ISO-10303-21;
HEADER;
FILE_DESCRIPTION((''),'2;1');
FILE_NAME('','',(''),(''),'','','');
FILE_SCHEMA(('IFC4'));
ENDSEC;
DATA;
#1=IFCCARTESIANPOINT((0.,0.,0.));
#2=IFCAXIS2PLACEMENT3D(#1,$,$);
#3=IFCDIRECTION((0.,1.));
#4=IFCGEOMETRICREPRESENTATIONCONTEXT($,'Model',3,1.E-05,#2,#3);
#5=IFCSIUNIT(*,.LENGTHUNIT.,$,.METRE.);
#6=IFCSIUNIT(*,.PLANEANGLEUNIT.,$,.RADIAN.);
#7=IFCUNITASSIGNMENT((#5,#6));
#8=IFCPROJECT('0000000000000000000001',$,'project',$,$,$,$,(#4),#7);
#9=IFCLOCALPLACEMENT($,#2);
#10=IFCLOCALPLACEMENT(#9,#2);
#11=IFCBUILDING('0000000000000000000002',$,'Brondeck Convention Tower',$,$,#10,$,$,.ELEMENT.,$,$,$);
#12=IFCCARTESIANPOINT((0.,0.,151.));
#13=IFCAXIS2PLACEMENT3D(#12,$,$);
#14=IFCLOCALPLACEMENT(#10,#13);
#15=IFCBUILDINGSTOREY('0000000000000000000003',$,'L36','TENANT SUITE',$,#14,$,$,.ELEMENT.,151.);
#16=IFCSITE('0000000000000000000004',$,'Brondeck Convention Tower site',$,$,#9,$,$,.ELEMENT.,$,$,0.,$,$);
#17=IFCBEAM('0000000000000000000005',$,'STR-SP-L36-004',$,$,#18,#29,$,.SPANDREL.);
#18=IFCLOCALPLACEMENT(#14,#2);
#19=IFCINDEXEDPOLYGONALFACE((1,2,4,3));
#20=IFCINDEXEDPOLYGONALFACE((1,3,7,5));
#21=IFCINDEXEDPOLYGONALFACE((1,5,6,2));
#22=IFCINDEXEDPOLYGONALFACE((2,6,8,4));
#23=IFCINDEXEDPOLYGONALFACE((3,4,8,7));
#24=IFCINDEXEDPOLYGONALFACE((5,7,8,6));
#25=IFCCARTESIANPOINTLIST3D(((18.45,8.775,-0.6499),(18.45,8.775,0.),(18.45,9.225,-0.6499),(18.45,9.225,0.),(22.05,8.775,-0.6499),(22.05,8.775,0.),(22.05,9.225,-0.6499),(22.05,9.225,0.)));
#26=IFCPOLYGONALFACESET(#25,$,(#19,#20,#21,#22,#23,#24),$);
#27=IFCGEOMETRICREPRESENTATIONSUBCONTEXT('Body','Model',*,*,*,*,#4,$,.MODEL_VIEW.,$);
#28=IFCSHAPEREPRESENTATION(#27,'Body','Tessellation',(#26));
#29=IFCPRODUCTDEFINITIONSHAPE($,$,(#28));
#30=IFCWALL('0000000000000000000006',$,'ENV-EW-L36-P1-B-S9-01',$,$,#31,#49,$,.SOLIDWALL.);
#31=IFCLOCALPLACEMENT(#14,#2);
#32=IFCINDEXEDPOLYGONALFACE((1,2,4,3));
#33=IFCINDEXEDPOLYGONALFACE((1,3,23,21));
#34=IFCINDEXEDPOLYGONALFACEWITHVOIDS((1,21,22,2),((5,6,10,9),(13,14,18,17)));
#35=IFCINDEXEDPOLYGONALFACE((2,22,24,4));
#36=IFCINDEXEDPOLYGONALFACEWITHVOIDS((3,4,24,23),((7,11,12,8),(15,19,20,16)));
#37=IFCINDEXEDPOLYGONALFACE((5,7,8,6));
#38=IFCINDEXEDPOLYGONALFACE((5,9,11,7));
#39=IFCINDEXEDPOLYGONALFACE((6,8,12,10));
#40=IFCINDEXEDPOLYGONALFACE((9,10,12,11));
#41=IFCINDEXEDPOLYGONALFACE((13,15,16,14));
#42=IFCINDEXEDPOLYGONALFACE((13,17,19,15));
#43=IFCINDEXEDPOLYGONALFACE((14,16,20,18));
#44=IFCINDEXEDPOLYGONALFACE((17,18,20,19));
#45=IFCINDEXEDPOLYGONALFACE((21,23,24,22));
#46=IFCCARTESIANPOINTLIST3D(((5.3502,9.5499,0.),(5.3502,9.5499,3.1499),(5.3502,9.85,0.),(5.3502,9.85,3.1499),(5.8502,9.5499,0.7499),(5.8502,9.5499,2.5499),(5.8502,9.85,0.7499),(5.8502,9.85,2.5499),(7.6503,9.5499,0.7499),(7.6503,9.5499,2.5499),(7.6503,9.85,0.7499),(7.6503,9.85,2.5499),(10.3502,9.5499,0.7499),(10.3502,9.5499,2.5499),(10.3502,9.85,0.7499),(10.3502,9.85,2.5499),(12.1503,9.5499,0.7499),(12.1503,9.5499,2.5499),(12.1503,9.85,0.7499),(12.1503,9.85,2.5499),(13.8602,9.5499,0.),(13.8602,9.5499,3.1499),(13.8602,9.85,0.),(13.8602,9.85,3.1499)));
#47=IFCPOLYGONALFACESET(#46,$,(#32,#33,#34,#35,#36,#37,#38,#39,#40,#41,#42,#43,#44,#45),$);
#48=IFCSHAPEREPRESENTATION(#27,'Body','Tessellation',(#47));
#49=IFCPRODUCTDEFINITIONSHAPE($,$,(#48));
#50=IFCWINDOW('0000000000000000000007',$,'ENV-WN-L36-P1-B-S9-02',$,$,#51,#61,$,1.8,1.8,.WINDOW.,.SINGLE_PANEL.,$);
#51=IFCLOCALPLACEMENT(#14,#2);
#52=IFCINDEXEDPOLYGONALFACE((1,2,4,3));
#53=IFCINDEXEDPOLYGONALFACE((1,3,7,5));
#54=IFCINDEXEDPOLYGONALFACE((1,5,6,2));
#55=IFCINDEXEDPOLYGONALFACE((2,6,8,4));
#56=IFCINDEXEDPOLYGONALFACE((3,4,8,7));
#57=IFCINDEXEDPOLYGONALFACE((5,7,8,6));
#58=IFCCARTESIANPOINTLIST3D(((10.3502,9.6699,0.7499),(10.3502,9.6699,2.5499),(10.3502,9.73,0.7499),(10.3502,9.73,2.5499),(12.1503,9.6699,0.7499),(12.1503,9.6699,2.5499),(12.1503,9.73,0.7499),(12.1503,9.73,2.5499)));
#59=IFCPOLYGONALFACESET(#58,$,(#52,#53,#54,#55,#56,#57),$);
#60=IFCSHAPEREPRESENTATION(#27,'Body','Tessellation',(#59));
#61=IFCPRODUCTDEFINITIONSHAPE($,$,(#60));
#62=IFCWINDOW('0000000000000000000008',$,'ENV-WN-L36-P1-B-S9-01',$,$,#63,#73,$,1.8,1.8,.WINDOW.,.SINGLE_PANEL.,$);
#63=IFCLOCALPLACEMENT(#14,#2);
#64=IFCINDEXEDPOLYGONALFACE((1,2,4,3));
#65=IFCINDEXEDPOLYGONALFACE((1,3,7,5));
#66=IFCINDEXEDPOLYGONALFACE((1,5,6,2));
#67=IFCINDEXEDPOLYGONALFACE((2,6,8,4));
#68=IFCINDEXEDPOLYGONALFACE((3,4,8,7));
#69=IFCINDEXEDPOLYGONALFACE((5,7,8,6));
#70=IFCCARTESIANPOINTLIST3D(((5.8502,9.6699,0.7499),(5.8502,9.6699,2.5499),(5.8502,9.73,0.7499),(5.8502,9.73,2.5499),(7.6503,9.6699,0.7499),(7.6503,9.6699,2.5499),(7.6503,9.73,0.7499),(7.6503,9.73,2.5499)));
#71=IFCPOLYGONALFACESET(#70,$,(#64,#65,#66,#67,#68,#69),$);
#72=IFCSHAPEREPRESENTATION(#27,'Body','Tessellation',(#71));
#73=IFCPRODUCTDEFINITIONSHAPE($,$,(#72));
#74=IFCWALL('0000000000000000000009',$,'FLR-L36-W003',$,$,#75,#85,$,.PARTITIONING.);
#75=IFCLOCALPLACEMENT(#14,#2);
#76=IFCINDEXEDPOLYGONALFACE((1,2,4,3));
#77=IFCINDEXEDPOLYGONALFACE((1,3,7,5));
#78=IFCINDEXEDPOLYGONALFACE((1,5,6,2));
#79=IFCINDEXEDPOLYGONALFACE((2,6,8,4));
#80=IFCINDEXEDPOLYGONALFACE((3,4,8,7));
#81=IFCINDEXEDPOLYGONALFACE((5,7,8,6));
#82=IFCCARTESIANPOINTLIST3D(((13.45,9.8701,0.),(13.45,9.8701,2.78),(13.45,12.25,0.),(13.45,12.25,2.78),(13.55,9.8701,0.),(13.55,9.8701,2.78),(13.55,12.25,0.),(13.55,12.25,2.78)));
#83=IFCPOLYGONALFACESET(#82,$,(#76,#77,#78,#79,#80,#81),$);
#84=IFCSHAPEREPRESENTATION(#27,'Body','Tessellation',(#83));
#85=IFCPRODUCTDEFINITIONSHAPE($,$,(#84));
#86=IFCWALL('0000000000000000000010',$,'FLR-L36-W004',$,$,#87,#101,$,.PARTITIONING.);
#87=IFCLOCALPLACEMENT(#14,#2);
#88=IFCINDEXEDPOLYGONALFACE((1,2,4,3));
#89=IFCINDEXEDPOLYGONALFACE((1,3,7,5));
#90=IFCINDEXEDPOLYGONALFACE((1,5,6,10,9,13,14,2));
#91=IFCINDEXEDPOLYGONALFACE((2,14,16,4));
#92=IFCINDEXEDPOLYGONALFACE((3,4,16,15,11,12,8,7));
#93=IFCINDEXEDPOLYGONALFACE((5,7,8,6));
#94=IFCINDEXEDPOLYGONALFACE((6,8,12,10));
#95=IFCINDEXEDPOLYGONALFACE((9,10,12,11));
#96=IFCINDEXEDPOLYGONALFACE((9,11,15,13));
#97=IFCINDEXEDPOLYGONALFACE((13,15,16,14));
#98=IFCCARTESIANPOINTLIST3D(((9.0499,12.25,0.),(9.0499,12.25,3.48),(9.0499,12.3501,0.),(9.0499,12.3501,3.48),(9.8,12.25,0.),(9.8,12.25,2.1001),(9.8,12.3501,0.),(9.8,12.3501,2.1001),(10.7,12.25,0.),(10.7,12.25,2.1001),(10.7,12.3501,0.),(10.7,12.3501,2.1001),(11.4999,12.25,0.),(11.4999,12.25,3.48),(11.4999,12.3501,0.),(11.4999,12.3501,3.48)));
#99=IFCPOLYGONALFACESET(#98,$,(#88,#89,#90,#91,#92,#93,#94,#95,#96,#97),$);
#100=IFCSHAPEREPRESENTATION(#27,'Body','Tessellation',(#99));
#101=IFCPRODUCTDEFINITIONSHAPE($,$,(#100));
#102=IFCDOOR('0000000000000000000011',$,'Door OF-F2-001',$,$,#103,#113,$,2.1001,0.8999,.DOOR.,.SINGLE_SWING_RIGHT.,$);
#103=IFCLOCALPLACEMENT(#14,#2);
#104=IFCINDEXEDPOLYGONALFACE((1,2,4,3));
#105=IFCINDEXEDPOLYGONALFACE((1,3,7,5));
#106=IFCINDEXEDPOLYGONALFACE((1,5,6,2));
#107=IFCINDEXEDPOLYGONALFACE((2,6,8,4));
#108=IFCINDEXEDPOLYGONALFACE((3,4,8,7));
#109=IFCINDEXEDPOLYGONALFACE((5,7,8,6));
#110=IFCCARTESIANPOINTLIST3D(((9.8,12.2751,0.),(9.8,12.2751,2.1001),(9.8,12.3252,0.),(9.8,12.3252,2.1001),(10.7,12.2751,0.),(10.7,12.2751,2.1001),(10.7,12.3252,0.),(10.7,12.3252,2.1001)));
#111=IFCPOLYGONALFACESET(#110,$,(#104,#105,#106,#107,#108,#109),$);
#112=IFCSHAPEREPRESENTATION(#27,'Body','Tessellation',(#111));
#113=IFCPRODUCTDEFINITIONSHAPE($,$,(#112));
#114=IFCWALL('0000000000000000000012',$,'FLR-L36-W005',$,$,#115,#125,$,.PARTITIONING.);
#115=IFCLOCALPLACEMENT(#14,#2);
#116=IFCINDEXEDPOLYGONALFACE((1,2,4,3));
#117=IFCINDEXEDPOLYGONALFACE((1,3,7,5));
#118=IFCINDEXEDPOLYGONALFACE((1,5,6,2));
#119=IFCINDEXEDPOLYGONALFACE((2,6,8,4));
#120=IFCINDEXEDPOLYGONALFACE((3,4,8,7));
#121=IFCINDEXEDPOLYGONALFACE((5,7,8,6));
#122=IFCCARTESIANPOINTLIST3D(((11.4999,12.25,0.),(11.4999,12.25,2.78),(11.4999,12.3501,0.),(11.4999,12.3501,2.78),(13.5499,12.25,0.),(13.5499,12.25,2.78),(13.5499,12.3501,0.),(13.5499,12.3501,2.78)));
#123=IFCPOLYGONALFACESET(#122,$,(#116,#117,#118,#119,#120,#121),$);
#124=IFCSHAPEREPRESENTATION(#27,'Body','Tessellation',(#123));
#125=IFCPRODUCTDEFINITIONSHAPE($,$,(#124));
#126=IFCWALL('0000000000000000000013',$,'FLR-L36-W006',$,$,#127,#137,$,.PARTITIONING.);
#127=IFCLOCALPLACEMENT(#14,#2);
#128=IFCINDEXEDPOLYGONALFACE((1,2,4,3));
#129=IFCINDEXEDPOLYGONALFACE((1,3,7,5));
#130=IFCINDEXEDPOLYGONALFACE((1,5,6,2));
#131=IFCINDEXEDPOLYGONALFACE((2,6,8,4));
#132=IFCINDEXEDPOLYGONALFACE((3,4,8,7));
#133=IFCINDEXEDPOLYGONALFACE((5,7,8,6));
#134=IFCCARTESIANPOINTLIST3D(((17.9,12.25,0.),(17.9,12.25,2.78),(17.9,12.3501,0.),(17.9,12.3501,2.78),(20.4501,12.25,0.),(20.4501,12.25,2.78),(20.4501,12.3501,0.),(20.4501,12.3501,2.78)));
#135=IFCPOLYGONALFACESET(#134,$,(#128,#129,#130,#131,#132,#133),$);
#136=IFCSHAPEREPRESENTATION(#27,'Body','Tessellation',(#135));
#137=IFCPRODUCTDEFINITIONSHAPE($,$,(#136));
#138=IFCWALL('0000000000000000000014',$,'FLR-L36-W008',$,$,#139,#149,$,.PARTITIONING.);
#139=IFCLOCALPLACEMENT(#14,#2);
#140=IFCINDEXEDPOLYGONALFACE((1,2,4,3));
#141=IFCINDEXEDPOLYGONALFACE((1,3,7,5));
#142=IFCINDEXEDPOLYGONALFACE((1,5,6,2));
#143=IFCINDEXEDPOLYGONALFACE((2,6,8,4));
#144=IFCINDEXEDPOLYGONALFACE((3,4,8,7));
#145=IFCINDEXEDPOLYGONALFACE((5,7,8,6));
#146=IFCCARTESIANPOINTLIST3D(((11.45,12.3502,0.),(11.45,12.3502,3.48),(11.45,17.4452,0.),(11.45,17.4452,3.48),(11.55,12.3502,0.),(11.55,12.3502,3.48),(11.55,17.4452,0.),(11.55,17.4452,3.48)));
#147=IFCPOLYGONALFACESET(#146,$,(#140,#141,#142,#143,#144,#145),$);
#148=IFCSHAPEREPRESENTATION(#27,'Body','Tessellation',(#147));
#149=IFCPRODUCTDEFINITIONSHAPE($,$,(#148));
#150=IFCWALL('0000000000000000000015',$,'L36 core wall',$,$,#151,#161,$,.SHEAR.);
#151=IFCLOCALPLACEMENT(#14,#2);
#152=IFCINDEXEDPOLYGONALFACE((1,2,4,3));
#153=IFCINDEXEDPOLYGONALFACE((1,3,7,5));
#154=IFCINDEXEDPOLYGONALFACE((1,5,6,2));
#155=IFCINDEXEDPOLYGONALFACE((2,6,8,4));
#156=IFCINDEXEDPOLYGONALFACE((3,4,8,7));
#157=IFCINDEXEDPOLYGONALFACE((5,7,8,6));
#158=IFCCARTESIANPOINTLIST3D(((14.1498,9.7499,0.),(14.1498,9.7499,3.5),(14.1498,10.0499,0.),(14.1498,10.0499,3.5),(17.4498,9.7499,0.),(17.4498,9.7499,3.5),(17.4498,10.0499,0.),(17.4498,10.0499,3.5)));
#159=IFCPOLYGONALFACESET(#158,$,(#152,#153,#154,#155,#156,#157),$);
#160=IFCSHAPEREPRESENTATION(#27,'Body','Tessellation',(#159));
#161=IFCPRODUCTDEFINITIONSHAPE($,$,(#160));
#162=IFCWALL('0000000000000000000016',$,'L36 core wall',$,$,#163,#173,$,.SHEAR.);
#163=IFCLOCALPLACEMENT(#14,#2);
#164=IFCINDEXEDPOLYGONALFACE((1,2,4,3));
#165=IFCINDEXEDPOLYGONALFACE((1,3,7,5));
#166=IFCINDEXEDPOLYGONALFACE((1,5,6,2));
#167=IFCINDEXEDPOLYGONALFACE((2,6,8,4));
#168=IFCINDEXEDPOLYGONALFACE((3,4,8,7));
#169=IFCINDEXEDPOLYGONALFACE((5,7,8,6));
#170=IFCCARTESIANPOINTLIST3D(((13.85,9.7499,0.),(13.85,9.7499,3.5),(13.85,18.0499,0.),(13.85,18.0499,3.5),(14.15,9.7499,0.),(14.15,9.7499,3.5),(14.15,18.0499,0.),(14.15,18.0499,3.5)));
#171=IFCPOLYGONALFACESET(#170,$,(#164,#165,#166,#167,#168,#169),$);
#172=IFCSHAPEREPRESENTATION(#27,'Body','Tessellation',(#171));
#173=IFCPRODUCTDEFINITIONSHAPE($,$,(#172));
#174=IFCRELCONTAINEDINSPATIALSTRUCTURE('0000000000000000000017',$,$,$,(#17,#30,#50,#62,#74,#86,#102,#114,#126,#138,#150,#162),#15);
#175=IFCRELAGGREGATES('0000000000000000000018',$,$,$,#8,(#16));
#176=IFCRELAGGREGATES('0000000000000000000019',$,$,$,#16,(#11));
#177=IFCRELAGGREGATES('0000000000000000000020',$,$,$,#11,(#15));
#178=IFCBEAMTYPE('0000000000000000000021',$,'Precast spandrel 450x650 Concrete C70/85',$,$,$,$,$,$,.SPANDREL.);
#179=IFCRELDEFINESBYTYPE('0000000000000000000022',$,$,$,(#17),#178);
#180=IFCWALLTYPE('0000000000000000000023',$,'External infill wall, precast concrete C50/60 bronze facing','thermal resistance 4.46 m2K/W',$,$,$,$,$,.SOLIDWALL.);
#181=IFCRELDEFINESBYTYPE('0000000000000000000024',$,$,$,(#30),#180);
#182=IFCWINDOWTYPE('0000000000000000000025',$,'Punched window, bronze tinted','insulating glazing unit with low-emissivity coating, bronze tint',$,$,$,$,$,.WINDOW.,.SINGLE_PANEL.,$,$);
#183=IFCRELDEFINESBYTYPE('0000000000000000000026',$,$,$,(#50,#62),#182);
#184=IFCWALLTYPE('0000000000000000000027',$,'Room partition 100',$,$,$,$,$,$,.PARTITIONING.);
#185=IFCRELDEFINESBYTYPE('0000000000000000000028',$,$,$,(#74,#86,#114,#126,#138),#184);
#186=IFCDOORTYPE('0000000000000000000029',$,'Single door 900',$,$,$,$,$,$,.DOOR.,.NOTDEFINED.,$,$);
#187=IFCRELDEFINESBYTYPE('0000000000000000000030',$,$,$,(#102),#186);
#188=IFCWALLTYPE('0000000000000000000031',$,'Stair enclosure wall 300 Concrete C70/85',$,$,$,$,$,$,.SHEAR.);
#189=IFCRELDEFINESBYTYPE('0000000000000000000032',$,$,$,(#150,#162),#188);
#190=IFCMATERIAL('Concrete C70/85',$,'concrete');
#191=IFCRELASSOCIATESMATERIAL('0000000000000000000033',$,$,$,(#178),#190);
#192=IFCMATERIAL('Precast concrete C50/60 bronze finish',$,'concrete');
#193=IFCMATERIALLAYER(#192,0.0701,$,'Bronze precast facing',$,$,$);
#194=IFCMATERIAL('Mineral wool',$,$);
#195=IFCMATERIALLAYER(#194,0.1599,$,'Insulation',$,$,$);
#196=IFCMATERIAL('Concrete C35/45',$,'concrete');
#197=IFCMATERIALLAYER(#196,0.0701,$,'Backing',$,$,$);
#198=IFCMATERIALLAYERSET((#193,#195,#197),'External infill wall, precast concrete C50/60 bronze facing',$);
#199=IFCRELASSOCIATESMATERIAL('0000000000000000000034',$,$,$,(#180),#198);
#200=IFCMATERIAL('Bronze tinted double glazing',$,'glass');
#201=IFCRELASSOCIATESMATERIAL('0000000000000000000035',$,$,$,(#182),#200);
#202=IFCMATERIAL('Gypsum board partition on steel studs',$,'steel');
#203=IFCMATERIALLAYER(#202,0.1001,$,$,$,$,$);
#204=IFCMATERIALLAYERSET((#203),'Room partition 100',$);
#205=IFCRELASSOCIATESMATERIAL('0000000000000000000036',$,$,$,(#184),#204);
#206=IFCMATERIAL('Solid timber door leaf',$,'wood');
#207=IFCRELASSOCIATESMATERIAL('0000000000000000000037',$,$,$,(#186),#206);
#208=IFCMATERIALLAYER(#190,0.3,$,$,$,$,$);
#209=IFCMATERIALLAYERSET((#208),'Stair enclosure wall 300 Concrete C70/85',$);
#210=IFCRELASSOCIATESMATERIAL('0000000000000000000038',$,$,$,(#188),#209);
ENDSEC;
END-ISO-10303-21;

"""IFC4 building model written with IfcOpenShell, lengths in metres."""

from ifc_helpers import new_model, si_unit, direction, frame, frame_2d, origin, origin_2d, place, context, subcontext, project, spatial, rectangle, extrude, material, layer, layer_set, material_profile, profile_set, type_object, element, fill, save


model = new_model("IFC4")

# Units and contexts
model_context = context("Model", 3, precision=1e-05, world=origin(), true_north=direction((0.0, 1.0)))
body_context = subcontext(model_context, "Body", "Model", "MODEL_VIEW")
ifc_project = project(units=[si_unit("LENGTHUNIT", "METRE"), si_unit("PLANEANGLEUNIT", "RADIAN")], contexts=[model_context])

# Site, building, storey
site_placement = place(None, origin())
site = spatial("IfcSite", under=ifc_project, at=site_placement, Name="Brondeck Convention Tower site", CompositionType="ELEMENT", RefElevation=0.0)
building_placement = place(site_placement, origin())
building = spatial("IfcBuilding", under=site, at=building_placement, Name="Brondeck Convention Tower", CompositionType="ELEMENT")
storey_placement = place(building_placement, frame((0.0, 0.0, 151.0)))
storey = spatial("IfcBuildingStorey", under=building, at=storey_placement, Name="L36", Description="TENANT SUITE", CompositionType="ELEMENT", Elevation=151.0)

# Shared definitions
ifc_material_1 = material(Name="Concrete C70/85", Category="concrete")

# Beam
ifc_material_profile_1 = material_profile(ifc_material_1, rectangle(XDim=0.45, YDim=0.6499, at=origin_2d()), Name="Precast spandrel 450x650 Concrete C70/85")
ifc_profile_set_1 = profile_set([ifc_material_profile_1], Name="Concrete C70/85")
beam_type_1 = type_object("IfcBeamType", Name="Precast spandrel 450x650 Concrete C70/85", PredefinedType="SPANDREL", material=ifc_profile_set_1)
for number, where, z_axis, x_axis, name in (
    (1, (18.45, 9.0, -0.325), (1.0, 0.0, 0.0), (0.0, 1.0, 0.0), "STR-SP-L36-004"),
):
    element("IfcBeam", number, at=place(storey_placement, frame(where, z_axis=z_axis, x_axis=x_axis)), inside=storey, type_object=beam_type_1, Name=name, PredefinedType="SPANDREL", context=body_context, shape_type="SweptSolid", body=[
        extrude(rectangle(XDim=0.45, YDim=0.6499, at=origin_2d()), origin(), (0.0, 0.0, 1.0), 3.6001),
    ])

# Wall, openings, windows
ifc_material_2 = material(Name="Precast concrete C50/60 bronze finish", Category="concrete")
ifc_layer_1 = layer(ifc_material_2, 0.0701, Name="Bronze precast facing")
ifc_material_3 = material(Name="Mineral wool")
ifc_layer_2 = layer(ifc_material_3, 0.1599, Name="Insulation")
ifc_material_4 = material(Name="Concrete C35/45", Category="concrete")
ifc_layer_3 = layer(ifc_material_4, 0.0701, Name="Backing")
ifc_layer_set_1 = layer_set([ifc_layer_1, ifc_layer_2, ifc_layer_3], Name="External infill wall, precast concrete C50/60 bronze facing")
wall_type_1 = type_object("IfcWallType", Name="External infill wall, precast concrete C50/60 bronze facing", Description="thermal resistance 4.46 m2K/W", PredefinedType="SOLIDWALL", material=ifc_layer_set_1)
wall_1_placement = place(storey_placement, frame((13.8601, 9.7, 0.0), z_axis=(0.0, 0.0, 1.0), x_axis=(-1.0, 0.0, 0.0)))
wall_1 = element("IfcWall", 2, at=wall_1_placement, inside=storey, type_object=wall_type_1, Name="ENV-EW-L36-P1-B-S9-01", PredefinedType="SOLIDWALL", context=body_context, shape_type="SweptSolid", body=[
    extrude(rectangle(XDim=8.51, YDim=0.3, at=frame_2d((4.2549, 0.0))), origin(), (0.0, 0.0, 1.0), 3.1499),
])
opening_1_placement = place(wall_1_placement, frame((1.71, 0.0, 0.75)))
opening_1 = element("IfcOpeningElement", 3, at=opening_1_placement, cuts=wall_1, PredefinedType="OPENING", context=body_context, shape_type="SweptSolid", body=[
    extrude(rectangle(XDim=1.8, YDim=1.8, at=frame_2d((0.8999, 0.8999))), frame((0.0, 0.1599, 0.0), z_axis=(0.0, -1.0, 0.0), x_axis=(1.0, 0.0, 0.0)), (0.0, 0.0, 1.0), 0.3201),
])
opening_2_placement = place(wall_1_placement, frame((6.21, 0.0, 0.75)))
opening_2 = element("IfcOpeningElement", 4, at=opening_2_placement, cuts=wall_1, PredefinedType="OPENING", context=body_context, shape_type="SweptSolid", body=[
    extrude(rectangle(XDim=1.8, YDim=1.8, at=frame_2d((0.8999, 0.8999))), frame((0.0, 0.1599, 0.0), z_axis=(0.0, -1.0, 0.0), x_axis=(1.0, 0.0, 0.0)), (0.0, 0.0, 1.0), 0.3201),
])
ifc_material_5 = material(Name="Bronze tinted double glazing", Category="glass")
window_type = type_object("IfcWindowType", Name="Punched window, bronze tinted", Description="insulating glazing unit with low-emissivity coating, bronze tint", PartitioningType="SINGLE_PANEL", PredefinedType="WINDOW", material=ifc_material_5)
window_1_placement = place(opening_1_placement, origin())
window_1 = element("IfcWindow", 5, at=window_1_placement, inside=storey, type_object=window_type, Name="ENV-WN-L36-P1-B-S9-02", OverallHeight=1.8, OverallWidth=1.8, PartitioningType="SINGLE_PANEL", PredefinedType="WINDOW", context=body_context, shape_type="SweptSolid", body=[
    extrude(rectangle(XDim=1.8, YDim=1.8, at=frame_2d((0.8999, 0.8999))), frame((0.0, 0.03, 0.0), z_axis=(0.0, -1.0, 0.0), x_axis=(1.0, 0.0, 0.0)), (0.0, 0.0, 1.0), 0.0601),
])
fill(opening_1, window_1)
window_2_placement = place(opening_2_placement, origin())
window_2 = element("IfcWindow", 6, at=window_2_placement, inside=storey, type_object=window_type, Name="ENV-WN-L36-P1-B-S9-01", OverallHeight=1.8, OverallWidth=1.8, PartitioningType="SINGLE_PANEL", PredefinedType="WINDOW", context=body_context, shape_type="SweptSolid", body=[
    extrude(rectangle(XDim=1.8, YDim=1.8, at=frame_2d((0.8999, 0.8999))), frame((0.0, 0.03, 0.0), z_axis=(0.0, -1.0, 0.0), x_axis=(1.0, 0.0, 0.0)), (0.0, 0.0, 1.0), 0.0601),
])
fill(opening_2, window_2)

# Wall
ifc_material_6 = material(Name="Gypsum board partition on steel studs", Category="steel")
ifc_layer_4 = layer(ifc_material_6, 0.1001)
ifc_layer_set_2 = layer_set([ifc_layer_4], Name="Room partition 100")
wall_type_2 = type_object("IfcWallType", Name="Room partition 100", PredefinedType="PARTITIONING", material=ifc_layer_set_2)
wall_2_placement = place(storey_placement, frame((13.5, 12.25, 0.0), z_axis=(0.0, 0.0, 1.0), x_axis=(0.0, -1.0, 0.0)))
element("IfcWall", 7, at=wall_2_placement, inside=storey, type_object=wall_type_2, Name="FLR-L36-W003", PredefinedType="PARTITIONING", context=body_context, shape_type="SweptSolid", body=[
    extrude(rectangle(XDim=2.3799, YDim=0.1001, at=frame_2d((1.1899, 0.0))), origin(), (0.0, 0.0, 1.0), 2.78),
])

# Wall, opening, door
wall_3_placement = place(storey_placement, frame((11.5, 12.3, 0.0), z_axis=(0.0, 0.0, 1.0), x_axis=(-1.0, 0.0, 0.0)))
wall_3 = element("IfcWall", 8, at=wall_3_placement, inside=storey, type_object=wall_type_2, Name="FLR-L36-W004", PredefinedType="PARTITIONING", context=body_context, shape_type="SweptSolid", body=[
    extrude(rectangle(XDim=2.45, YDim=0.1001, at=frame_2d((1.2251, 0.0))), origin(), (0.0, 0.0, 1.0), 3.48),
])
opening_3_placement = place(wall_3_placement, frame((0.8, 0.0, 0.0)))
opening_3 = element("IfcOpeningElement", 9, at=opening_3_placement, cuts=wall_3, PredefinedType="OPENING", context=body_context, shape_type="SweptSolid", body=[
    extrude(rectangle(XDim=0.8999, YDim=2.1001, at=frame_2d((0.45, 1.05))), frame((0.0, 0.0601, 0.0), z_axis=(0.0, -1.0, 0.0), x_axis=(1.0, 0.0, 0.0)), (0.0, 0.0, 1.0), 0.1201),
])
ifc_material_7 = material(Name="Solid timber door leaf", Category="wood")
door_type_1 = type_object("IfcDoorType", Name="Single door 900", OperationType="NOTDEFINED", PredefinedType="DOOR", material=ifc_material_7)
door_1_placement = place(opening_3_placement, origin())
door_1 = element("IfcDoor", 10, at=door_1_placement, inside=storey, type_object=door_type_1, Name="Door OF-F2-001", OperationType="SINGLE_SWING_RIGHT", OverallHeight=2.1001, OverallWidth=0.8999, PredefinedType="DOOR", context=body_context, shape_type="SweptSolid", body=[
    extrude(rectangle(XDim=0.8999, YDim=2.1001, at=frame_2d((0.45, 1.05))), frame((0.0, 0.0249, 0.0), z_axis=(0.0, -1.0, 0.0), x_axis=(1.0, 0.0, 0.0)), (0.0, 0.0, 1.0), 0.05),
])
fill(opening_3, door_1)

# Walls
wall_4_placement = place(storey_placement, frame((11.5, 12.3, 0.0), z_axis=(0.0, 0.0, 1.0), x_axis=(1.0, 0.0, 0.0)))
element("IfcWall", 11, at=wall_4_placement, inside=storey, type_object=wall_type_2, Name="FLR-L36-W005", PredefinedType="PARTITIONING", context=body_context, shape_type="SweptSolid", body=[
    extrude(rectangle(XDim=2.05, YDim=0.1001, at=frame_2d((1.0249, 0.0))), origin(), (0.0, 0.0, 1.0), 2.78),
])
wall_5_placement = place(storey_placement, frame((20.45, 12.3, 0.0), z_axis=(0.0, 0.0, 1.0), x_axis=(-1.0, 0.0, 0.0)))
element("IfcWall", 12, at=wall_5_placement, inside=storey, type_object=wall_type_2, Name="FLR-L36-W006", PredefinedType="PARTITIONING", context=body_context, shape_type="SweptSolid", body=[
    extrude(rectangle(XDim=2.55, YDim=0.1001, at=frame_2d((1.2749, 0.0))), origin(), (0.0, 0.0, 1.0), 2.78),
])
wall_6_placement = place(storey_placement, frame((11.5, 17.4451, 0.0), z_axis=(0.0, 0.0, 1.0), x_axis=(0.0, -1.0, 0.0)))
element("IfcWall", 13, at=wall_6_placement, inside=storey, type_object=wall_type_2, Name="FLR-L36-W008", PredefinedType="PARTITIONING", context=body_context, shape_type="SweptSolid", body=[
    extrude(rectangle(XDim=5.095, YDim=0.1001, at=frame_2d((2.5474, 0.0))), origin(), (0.0, 0.0, 1.0), 3.48),
])
ifc_layer_5 = layer(ifc_material_1, 0.3)
ifc_layer_set_3 = layer_set([ifc_layer_5], Name="Stair enclosure wall 300 Concrete C70/85")
wall_type_3 = type_object("IfcWallType", Name="Stair enclosure wall 300 Concrete C70/85", PredefinedType="SHEAR", material=ifc_layer_set_3)
wall_7_placement = place(storey_placement, frame((14.1499, 9.8999, 0.0), z_axis=(0.0, 0.0, 1.0), x_axis=(1.0, 0.0, 0.0)))
element("IfcWall", 14, at=wall_7_placement, inside=storey, type_object=wall_type_3, Name="L36 core wall", PredefinedType="SHEAR", context=body_context, shape_type="SweptSolid", body=[
    extrude(rectangle(XDim=3.3, YDim=0.3, at=frame_2d((1.6499, 0.0))), origin(), (0.0, 0.0, 1.0), 3.5),
])
wall_8_placement = place(storey_placement, frame((14.0, 9.75, 0.0), z_axis=(0.0, 0.0, 1.0), x_axis=(0.0, 1.0, 0.0)))
element("IfcWall", 15, at=wall_8_placement, inside=storey, type_object=wall_type_3, Name="L36 core wall", PredefinedType="SHEAR", context=body_context, shape_type="SweptSolid", body=[
    extrude(rectangle(XDim=8.3, YDim=0.3, at=frame_2d((4.1499, 0.0))), origin(), (0.0, 0.0, 1.0), 3.5),
])

save(model, "model.ifc")
